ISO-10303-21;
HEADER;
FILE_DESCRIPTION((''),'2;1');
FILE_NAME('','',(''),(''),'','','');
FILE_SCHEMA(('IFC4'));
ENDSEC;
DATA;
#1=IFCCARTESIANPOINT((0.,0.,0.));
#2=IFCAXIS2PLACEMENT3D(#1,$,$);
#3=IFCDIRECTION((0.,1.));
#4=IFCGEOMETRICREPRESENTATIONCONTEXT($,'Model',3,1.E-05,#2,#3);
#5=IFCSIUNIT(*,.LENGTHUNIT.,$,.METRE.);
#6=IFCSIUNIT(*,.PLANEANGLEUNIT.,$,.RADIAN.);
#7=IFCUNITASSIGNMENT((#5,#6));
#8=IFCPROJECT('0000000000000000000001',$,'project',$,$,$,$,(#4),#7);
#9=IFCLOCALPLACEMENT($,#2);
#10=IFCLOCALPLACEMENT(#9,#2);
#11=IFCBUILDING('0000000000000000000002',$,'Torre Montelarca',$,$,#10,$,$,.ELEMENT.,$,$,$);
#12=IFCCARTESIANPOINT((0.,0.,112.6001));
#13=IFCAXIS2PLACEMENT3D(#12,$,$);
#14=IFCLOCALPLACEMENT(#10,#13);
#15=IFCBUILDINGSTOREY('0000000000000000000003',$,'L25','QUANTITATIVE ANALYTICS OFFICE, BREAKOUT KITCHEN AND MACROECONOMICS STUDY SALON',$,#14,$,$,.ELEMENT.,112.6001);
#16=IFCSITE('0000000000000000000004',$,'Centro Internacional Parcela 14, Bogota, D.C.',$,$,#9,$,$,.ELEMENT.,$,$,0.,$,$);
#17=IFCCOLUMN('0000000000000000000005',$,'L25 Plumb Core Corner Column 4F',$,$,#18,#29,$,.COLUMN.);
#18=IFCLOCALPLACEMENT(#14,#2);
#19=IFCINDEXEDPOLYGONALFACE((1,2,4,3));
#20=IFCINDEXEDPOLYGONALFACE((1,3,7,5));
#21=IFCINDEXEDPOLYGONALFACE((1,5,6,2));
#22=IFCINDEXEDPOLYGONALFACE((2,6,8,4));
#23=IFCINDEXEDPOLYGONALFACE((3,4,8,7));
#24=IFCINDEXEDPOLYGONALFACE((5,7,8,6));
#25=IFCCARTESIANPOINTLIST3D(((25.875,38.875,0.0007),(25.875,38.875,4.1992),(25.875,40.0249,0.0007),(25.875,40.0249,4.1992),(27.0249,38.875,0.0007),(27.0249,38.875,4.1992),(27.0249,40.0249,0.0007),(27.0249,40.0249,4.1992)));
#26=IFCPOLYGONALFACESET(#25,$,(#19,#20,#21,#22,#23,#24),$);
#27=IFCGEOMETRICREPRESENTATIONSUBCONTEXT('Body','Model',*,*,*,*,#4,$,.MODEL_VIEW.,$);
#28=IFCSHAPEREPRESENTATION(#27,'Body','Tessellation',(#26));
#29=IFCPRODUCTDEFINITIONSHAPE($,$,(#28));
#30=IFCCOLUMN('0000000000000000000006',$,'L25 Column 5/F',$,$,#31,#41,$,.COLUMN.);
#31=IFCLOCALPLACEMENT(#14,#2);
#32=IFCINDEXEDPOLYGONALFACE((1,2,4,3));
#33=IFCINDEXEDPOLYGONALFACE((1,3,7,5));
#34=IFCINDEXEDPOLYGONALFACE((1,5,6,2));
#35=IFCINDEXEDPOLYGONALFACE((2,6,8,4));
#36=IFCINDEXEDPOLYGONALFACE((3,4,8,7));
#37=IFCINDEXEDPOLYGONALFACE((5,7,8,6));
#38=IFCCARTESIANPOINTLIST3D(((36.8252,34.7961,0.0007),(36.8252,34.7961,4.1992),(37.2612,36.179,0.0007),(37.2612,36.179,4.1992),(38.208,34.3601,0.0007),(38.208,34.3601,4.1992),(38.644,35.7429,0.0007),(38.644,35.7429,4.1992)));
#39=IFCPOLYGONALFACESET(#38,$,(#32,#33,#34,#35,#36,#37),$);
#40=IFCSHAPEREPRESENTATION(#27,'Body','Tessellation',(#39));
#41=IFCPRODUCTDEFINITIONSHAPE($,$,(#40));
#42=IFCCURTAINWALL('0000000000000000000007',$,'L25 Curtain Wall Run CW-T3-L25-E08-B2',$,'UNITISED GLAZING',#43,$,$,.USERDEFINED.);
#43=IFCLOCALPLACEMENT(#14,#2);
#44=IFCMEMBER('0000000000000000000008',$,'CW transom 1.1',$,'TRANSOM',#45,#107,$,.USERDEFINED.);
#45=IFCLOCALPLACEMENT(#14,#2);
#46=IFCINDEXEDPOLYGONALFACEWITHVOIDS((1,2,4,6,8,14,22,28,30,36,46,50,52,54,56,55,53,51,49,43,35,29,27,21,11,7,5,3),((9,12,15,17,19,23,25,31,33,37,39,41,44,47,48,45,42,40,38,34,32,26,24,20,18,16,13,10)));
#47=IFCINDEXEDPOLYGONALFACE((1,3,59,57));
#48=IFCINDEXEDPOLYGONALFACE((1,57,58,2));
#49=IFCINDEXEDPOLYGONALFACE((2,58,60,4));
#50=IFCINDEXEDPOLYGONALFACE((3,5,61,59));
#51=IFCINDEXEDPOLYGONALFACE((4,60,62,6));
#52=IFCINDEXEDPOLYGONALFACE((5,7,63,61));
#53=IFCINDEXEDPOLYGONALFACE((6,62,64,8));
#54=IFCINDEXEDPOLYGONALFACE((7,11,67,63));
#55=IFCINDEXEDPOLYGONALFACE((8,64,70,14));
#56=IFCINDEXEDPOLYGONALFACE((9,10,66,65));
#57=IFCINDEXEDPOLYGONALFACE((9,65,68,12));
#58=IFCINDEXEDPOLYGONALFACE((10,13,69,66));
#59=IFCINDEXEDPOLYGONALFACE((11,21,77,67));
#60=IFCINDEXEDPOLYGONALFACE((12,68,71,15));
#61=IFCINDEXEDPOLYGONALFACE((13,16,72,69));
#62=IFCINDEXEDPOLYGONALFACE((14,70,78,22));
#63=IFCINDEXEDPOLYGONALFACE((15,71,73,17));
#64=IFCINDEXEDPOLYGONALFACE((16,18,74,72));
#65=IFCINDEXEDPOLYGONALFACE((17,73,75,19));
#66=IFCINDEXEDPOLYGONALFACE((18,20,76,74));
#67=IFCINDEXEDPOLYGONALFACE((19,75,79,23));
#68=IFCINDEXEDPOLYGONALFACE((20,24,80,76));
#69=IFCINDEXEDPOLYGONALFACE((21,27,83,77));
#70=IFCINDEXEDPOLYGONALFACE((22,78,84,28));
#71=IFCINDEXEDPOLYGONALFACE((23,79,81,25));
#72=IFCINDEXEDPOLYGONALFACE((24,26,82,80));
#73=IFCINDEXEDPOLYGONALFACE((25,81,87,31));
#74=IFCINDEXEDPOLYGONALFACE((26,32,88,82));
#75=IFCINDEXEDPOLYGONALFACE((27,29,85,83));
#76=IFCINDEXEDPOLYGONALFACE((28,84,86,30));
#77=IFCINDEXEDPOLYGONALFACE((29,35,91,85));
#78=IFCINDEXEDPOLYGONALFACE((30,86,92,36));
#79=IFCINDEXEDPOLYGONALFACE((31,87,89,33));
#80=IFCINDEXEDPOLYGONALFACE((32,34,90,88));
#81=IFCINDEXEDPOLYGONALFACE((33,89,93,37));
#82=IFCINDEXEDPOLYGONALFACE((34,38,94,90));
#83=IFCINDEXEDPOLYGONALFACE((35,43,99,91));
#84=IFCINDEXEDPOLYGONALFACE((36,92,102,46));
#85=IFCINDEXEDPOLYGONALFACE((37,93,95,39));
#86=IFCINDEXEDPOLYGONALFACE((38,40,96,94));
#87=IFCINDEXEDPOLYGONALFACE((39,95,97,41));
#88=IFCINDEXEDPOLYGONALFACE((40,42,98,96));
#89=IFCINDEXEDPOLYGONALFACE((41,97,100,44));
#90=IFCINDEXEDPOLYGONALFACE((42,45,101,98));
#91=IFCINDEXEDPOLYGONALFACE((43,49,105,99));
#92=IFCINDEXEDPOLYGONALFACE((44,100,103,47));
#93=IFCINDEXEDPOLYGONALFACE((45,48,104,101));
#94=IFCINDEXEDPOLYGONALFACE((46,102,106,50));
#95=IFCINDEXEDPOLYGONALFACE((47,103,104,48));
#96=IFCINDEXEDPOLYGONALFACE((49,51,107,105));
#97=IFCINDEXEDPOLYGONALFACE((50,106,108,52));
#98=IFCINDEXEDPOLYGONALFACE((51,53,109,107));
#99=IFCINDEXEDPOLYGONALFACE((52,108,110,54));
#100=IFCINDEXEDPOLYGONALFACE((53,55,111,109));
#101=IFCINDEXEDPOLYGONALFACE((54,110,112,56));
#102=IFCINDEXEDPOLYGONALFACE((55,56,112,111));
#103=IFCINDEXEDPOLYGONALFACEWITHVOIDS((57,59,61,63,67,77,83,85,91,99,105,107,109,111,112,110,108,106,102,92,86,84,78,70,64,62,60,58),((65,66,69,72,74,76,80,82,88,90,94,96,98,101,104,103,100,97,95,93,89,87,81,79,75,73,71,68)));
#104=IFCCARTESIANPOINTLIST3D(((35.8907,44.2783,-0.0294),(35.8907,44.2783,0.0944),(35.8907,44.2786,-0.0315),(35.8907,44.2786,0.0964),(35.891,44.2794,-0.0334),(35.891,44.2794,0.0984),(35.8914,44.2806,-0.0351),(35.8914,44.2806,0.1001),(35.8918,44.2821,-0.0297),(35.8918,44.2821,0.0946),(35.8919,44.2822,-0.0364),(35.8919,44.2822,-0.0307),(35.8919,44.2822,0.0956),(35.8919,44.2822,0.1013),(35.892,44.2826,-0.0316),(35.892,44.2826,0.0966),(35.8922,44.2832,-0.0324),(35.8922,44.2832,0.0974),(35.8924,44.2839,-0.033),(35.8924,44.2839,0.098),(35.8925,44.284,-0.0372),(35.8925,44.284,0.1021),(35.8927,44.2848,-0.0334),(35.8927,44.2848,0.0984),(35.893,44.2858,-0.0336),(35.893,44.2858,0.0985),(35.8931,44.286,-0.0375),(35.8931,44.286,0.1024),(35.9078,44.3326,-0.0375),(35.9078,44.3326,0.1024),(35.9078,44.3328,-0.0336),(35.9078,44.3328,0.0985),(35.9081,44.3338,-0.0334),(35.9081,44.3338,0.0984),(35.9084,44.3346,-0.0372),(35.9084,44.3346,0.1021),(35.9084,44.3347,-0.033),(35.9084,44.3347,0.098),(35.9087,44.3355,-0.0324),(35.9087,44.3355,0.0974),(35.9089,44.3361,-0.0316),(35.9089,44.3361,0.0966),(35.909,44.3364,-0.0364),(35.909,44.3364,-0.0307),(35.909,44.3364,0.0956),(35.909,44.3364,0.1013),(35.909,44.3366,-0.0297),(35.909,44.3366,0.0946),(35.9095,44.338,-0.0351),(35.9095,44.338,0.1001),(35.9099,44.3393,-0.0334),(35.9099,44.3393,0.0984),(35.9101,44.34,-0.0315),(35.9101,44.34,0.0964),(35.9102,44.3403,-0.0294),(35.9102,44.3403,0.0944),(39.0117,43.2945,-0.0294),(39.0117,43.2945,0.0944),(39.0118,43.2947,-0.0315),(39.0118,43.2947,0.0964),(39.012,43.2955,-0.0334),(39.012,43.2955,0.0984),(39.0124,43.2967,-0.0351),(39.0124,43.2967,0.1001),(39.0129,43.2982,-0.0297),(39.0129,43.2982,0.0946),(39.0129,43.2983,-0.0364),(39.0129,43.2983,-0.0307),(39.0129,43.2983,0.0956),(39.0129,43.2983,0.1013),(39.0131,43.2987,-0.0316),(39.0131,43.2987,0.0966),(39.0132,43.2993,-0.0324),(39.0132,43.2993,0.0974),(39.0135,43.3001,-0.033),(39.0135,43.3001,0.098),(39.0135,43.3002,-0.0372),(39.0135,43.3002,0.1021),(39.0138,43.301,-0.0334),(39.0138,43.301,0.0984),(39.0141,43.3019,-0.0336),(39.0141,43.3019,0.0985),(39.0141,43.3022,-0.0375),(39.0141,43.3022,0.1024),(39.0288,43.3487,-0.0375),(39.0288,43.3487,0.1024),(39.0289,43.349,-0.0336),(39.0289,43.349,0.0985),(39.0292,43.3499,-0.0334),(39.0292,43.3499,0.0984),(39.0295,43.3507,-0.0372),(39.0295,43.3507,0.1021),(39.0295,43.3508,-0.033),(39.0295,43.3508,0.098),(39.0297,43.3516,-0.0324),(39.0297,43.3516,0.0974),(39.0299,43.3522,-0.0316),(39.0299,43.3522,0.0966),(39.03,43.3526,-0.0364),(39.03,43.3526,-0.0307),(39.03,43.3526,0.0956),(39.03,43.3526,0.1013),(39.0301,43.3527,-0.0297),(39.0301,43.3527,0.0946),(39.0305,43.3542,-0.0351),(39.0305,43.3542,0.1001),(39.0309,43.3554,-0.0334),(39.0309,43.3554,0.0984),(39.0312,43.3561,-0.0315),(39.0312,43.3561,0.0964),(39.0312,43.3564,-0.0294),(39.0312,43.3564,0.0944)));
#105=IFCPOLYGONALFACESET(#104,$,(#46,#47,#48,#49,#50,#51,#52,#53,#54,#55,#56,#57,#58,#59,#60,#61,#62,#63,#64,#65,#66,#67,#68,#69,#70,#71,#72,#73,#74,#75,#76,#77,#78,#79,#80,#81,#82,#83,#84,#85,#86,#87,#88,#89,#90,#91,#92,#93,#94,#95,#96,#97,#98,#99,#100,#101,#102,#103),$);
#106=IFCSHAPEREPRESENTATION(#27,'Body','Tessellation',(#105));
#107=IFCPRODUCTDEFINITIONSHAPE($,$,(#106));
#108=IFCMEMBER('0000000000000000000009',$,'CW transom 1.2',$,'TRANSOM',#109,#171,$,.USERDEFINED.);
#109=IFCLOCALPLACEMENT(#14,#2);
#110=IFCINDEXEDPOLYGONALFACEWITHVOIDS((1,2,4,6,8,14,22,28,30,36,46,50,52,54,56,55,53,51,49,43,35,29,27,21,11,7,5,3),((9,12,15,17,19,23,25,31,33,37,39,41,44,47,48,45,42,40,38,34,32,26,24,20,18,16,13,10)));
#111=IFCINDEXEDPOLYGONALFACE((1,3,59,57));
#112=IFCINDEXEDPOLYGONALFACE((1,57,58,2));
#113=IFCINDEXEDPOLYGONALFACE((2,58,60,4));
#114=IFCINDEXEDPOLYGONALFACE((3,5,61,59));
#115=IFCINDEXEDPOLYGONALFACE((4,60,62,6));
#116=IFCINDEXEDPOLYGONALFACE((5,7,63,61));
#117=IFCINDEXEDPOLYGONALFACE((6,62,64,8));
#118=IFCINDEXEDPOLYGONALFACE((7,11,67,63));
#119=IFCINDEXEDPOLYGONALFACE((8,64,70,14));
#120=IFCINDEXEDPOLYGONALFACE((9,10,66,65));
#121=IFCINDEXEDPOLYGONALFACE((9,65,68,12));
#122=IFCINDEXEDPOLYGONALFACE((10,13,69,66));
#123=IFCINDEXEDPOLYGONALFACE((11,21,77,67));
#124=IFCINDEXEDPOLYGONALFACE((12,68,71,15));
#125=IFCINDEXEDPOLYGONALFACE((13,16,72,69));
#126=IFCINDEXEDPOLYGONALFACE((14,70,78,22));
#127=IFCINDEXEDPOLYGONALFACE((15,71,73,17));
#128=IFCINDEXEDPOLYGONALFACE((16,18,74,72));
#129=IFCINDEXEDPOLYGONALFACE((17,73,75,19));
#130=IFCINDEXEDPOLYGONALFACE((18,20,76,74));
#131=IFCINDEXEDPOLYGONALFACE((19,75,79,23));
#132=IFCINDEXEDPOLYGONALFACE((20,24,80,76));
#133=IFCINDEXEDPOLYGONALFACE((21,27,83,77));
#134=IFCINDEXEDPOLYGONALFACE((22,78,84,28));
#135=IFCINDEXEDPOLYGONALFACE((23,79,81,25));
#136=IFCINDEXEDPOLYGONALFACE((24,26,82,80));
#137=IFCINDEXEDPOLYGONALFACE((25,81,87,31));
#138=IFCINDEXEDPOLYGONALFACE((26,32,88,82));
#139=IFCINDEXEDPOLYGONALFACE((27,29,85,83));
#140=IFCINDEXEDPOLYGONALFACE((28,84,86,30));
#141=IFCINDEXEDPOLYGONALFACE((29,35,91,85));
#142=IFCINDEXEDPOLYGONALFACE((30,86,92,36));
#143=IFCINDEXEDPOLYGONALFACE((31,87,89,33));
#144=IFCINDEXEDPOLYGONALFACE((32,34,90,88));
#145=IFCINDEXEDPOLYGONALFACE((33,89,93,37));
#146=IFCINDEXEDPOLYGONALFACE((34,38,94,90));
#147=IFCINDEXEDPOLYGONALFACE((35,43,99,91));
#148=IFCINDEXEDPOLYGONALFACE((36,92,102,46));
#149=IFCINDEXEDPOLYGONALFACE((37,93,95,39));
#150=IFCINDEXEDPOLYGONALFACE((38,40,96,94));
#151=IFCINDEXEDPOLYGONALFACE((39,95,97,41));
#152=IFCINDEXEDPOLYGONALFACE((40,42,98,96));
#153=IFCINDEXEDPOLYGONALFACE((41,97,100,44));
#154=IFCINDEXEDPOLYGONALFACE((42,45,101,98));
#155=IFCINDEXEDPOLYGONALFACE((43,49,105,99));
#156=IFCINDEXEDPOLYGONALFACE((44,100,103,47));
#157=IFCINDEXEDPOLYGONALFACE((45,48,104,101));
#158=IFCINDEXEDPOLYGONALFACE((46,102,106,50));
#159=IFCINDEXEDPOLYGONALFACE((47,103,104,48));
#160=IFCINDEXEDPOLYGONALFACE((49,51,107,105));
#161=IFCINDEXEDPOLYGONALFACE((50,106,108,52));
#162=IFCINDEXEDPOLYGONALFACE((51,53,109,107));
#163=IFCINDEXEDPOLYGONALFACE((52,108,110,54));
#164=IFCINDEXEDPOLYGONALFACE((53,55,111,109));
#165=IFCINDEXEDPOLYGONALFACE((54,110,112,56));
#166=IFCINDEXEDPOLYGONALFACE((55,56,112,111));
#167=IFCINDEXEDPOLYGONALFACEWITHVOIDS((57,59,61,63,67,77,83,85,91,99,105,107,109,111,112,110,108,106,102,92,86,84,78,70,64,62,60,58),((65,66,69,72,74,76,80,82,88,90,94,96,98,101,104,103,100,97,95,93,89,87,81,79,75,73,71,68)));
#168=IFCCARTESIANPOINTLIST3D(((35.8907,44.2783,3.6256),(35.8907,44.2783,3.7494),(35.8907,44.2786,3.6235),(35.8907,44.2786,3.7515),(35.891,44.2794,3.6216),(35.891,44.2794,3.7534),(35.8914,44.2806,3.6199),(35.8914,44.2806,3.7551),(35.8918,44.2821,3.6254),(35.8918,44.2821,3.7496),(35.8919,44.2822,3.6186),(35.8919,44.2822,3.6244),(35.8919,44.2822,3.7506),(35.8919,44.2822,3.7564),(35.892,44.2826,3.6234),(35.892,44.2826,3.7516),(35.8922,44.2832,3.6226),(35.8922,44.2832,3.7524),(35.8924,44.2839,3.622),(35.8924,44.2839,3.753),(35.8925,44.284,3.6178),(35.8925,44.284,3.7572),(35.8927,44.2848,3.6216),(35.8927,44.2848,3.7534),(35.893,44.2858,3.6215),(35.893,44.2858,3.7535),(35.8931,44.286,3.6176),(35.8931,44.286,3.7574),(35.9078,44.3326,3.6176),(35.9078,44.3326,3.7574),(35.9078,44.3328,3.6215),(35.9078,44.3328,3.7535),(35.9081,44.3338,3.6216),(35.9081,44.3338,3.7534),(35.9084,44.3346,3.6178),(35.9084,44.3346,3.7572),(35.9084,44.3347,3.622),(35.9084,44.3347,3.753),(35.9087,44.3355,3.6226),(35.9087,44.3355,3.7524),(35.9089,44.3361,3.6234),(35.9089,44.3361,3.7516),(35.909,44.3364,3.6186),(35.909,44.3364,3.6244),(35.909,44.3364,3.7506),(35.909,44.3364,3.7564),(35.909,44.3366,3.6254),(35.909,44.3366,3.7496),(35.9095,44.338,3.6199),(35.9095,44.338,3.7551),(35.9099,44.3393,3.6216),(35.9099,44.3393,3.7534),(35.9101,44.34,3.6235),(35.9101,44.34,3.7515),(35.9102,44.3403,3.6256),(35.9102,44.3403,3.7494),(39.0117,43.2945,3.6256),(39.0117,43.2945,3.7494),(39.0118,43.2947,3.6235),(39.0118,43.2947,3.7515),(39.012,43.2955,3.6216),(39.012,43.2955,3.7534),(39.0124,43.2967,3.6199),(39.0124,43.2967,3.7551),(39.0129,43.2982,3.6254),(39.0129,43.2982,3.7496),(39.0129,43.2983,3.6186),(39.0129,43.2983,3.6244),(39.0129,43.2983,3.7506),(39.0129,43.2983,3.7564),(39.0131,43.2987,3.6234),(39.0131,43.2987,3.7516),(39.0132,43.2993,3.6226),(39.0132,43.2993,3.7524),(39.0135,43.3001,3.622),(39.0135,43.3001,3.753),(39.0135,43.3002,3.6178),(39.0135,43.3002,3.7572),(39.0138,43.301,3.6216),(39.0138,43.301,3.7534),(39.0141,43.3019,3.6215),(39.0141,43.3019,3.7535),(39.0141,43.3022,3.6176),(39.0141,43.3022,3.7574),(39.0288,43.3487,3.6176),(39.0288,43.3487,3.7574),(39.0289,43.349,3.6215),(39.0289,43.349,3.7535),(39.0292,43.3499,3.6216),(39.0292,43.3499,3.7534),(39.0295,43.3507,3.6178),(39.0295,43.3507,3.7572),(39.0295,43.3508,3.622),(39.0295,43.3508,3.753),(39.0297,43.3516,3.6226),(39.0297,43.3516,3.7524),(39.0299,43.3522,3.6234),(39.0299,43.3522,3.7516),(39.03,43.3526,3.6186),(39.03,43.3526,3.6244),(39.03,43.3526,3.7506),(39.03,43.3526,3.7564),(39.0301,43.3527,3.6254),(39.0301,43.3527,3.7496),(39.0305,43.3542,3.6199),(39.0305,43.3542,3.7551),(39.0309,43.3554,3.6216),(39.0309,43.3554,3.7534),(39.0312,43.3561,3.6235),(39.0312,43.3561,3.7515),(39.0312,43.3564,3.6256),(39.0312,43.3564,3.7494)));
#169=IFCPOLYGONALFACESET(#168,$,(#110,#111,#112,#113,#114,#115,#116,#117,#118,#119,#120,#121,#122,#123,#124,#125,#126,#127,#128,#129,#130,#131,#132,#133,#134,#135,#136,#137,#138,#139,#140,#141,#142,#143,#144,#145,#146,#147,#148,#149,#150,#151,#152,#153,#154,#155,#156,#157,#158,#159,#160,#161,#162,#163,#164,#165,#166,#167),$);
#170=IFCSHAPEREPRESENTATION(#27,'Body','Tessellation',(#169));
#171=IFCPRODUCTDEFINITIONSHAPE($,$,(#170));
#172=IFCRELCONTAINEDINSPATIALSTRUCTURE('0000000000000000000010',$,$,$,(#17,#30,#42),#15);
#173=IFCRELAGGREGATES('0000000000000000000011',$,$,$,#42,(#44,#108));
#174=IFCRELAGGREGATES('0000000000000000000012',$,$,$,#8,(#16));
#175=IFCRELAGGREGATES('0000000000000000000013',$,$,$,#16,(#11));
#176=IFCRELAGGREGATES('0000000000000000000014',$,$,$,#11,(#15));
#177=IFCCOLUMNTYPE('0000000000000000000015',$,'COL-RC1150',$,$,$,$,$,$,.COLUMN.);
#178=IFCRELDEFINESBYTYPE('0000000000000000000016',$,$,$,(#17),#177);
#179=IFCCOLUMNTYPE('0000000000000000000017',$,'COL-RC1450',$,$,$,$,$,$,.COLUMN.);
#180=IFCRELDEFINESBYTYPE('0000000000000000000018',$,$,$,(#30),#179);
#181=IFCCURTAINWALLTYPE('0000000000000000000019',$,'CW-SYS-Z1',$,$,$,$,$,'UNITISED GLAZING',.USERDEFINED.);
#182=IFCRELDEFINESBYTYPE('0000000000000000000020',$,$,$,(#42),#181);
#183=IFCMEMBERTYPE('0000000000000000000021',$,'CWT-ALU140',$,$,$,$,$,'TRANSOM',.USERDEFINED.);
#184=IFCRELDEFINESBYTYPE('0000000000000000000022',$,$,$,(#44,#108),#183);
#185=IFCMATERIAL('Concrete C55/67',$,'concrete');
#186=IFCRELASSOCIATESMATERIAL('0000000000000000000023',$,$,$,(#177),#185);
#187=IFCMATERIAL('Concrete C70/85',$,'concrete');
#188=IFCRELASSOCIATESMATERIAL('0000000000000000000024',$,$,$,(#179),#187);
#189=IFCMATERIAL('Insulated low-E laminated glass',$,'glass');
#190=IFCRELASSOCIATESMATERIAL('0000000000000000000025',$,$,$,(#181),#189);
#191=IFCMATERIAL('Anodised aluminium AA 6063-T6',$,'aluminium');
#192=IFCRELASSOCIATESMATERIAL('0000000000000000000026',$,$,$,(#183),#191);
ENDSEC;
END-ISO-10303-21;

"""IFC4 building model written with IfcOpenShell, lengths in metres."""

from ifc_helpers import new_model, si_unit, direction, frame, origin, origin_2d, place, context, subcontext, project, spatial, rectangle, hollow_rectangle, extrude, source, transform, mapped, material, material_profile, profile_set, type_object, element, aggregate, save


model = new_model("IFC4")

# Units and contexts
model_context = context("Model", 3, precision=1e-05, world=origin(), true_north=direction((0.0, 1.0)))
body_context = subcontext(model_context, "Body", "Model", "MODEL_VIEW")
ifc_project = project(units=[si_unit("LENGTHUNIT", "METRE"), si_unit("PLANEANGLEUNIT", "RADIAN")], contexts=[model_context])

# Site, building, storey
site_placement = place(None, origin())
site = spatial("IfcSite", under=ifc_project, at=site_placement, Name="Centro Internacional Parcela 14, Bogota, D.C.", CompositionType="ELEMENT", RefElevation=0.0)
building_placement = place(site_placement, origin())
building = spatial("IfcBuilding", under=site, at=building_placement, Name="Torre Montelarca", CompositionType="ELEMENT")
storey_placement = place(building_placement, frame((0.0, 0.0, 112.6001)))
storey = spatial("IfcBuildingStorey", under=building, at=storey_placement, Name="L25", Description="QUANTITATIVE ANALYTICS OFFICE, BREAKOUT KITCHEN AND MACROECONOMICS STUDY SALON", CompositionType="ELEMENT", Elevation=112.6001)

# Columns
ifc_material_1 = material(Name="Concrete C55/67", Category="concrete")
ifc_material_profile_1 = material_profile(ifc_material_1, rectangle(XDim=1.1499, YDim=1.1499, at=origin_2d()), Name="RC1150X1150", Category="concrete")
ifc_profile_set_1 = profile_set([ifc_material_profile_1], Name="Concrete C55/67")
column_type_1 = type_object("IfcColumnType", Name="COL-RC1150", PredefinedType="COLUMN", material=ifc_profile_set_1)
shared_shape_1 = source(origin(), body_context, "Body", "SweptSolid", [
    extrude(rectangle(XDim=1.1499, YDim=1.1499, at=origin_2d()), origin(), (0.0, 0.0, 1.0), 4.1985),
])
column_1_placement = place(storey_placement, frame((26.45, 39.45, 0.0007), z_axis=(0.0, 0.0, 1.0), x_axis=(1.0, 0.0, 0.0)))
element("IfcColumn", 1, at=column_1_placement, inside=storey, type_object=column_type_1, Name="L25 Plumb Core Corner Column 4F", PredefinedType="COLUMN", context=body_context, shape_type="MappedRepresentation", body=[
    mapped(shared_shape_1, transform((0.0, 0.0, 0.0), scale=1.0)),
])
ifc_material_2 = material(Name="Concrete C70/85", Category="concrete")
ifc_material_profile_2 = material_profile(ifc_material_2, rectangle(XDim=1.45, YDim=1.45, at=origin_2d()), Name="RC1450X1450", Category="concrete")
ifc_profile_set_2 = profile_set([ifc_material_profile_2], Name="Concrete C70/85")
column_type_2 = type_object("IfcColumnType", Name="COL-RC1450", PredefinedType="COLUMN", material=ifc_profile_set_2)
shared_shape_2 = source(origin(), body_context, "Body", "SweptSolid", [
    extrude(rectangle(XDim=1.45, YDim=1.45, at=origin_2d()), origin(), (0.0, 0.0, 1.0), 4.1985),
])
column_2_placement = place(storey_placement, frame((37.7346, 35.2695, 0.0007), z_axis=(0.0, 0.0, 1.0), x_axis=(-0.953717, 0.300706, 0.0)))
element("IfcColumn", 2, at=column_2_placement, inside=storey, type_object=column_type_2, Name="L25 Column 5/F", PredefinedType="COLUMN", context=body_context, shape_type="MappedRepresentation", body=[
    mapped(shared_shape_2, transform((0.0, 0.0, 0.0), scale=1.0)),
])

# Curtain wall, members
ifc_material_3 = material(Name="Insulated low-E laminated glass", Category="glass")
curtain_wall_type = type_object("IfcCurtainWallType", Name="CW-SYS-Z1", ElementType="UNITISED GLAZING", PredefinedType="USERDEFINED", material=ifc_material_3)
curtain_wall_placement = place(storey_placement, origin())
curtain_wall = element("IfcCurtainWall", 3, at=curtain_wall_placement, inside=storey, type_object=curtain_wall_type, Name="L25 Curtain Wall Run CW-T3-L25-E08-B2", ObjectType="UNITISED GLAZING", PredefinedType="USERDEFINED")
ifc_material_4 = material(Name="Anodised aluminium AA 6063-T6", Category="aluminium")
ifc_material_profile_3 = material_profile(ifc_material_4, hollow_rectangle(XDim=0.0649, YDim=0.1399, WallThickness=0.0039, InnerFilletRadius=0.0039, OuterFilletRadius=0.0081, at=origin_2d()), Name="ALU65X140X4", Category="aluminium")
ifc_profile_set_3 = profile_set([ifc_material_profile_3], Name="Anodised aluminium AA 6063-T6")
member_type_1 = type_object("IfcMemberType", Name="CWT-ALU140", ElementType="TRANSOM", PredefinedType="USERDEFINED", material=ifc_profile_set_3)
shared_shape_3 = source(origin(), body_context, "Body", "SweptSolid", [
    extrude(hollow_rectangle(XDim=0.0649, YDim=0.1399, WallThickness=0.0039, InnerFilletRadius=0.0039, OuterFilletRadius=0.0081, at=origin_2d()), origin(), (0.0, 0.0, 1.0), 3.2725),
])
member_1_placement = place(storey_placement, frame((39.0215, 43.3254, 0.0325), z_axis=(-0.953734, 0.300653, 0.0), x_axis=(-0.300653, -0.953734, 0.0)))
member_1 = element("IfcMember", 4, at=member_1_placement, type_object=member_type_1, Name="CW transom 1.1", ObjectType="TRANSOM", PredefinedType="USERDEFINED", context=body_context, shape_type="MappedRepresentation", body=[
    mapped(shared_shape_3, transform((0.0, 0.0, 0.0), scale=1.0)),
])
member_2_placement = place(storey_placement, frame((39.0215, 43.3254, 3.6875), z_axis=(-0.953734, 0.300653, 0.0), x_axis=(-0.300653, -0.953734, 0.0)))
member_2 = element("IfcMember", 5, at=member_2_placement, type_object=member_type_1, Name="CW transom 1.2", ObjectType="TRANSOM", PredefinedType="USERDEFINED", context=body_context, shape_type="MappedRepresentation", body=[
    mapped(shared_shape_3, transform((0.0, 0.0, 0.0), scale=1.0)),
])
aggregate(curtain_wall, [member_1, member_2])

save(model, "model.ifc")
